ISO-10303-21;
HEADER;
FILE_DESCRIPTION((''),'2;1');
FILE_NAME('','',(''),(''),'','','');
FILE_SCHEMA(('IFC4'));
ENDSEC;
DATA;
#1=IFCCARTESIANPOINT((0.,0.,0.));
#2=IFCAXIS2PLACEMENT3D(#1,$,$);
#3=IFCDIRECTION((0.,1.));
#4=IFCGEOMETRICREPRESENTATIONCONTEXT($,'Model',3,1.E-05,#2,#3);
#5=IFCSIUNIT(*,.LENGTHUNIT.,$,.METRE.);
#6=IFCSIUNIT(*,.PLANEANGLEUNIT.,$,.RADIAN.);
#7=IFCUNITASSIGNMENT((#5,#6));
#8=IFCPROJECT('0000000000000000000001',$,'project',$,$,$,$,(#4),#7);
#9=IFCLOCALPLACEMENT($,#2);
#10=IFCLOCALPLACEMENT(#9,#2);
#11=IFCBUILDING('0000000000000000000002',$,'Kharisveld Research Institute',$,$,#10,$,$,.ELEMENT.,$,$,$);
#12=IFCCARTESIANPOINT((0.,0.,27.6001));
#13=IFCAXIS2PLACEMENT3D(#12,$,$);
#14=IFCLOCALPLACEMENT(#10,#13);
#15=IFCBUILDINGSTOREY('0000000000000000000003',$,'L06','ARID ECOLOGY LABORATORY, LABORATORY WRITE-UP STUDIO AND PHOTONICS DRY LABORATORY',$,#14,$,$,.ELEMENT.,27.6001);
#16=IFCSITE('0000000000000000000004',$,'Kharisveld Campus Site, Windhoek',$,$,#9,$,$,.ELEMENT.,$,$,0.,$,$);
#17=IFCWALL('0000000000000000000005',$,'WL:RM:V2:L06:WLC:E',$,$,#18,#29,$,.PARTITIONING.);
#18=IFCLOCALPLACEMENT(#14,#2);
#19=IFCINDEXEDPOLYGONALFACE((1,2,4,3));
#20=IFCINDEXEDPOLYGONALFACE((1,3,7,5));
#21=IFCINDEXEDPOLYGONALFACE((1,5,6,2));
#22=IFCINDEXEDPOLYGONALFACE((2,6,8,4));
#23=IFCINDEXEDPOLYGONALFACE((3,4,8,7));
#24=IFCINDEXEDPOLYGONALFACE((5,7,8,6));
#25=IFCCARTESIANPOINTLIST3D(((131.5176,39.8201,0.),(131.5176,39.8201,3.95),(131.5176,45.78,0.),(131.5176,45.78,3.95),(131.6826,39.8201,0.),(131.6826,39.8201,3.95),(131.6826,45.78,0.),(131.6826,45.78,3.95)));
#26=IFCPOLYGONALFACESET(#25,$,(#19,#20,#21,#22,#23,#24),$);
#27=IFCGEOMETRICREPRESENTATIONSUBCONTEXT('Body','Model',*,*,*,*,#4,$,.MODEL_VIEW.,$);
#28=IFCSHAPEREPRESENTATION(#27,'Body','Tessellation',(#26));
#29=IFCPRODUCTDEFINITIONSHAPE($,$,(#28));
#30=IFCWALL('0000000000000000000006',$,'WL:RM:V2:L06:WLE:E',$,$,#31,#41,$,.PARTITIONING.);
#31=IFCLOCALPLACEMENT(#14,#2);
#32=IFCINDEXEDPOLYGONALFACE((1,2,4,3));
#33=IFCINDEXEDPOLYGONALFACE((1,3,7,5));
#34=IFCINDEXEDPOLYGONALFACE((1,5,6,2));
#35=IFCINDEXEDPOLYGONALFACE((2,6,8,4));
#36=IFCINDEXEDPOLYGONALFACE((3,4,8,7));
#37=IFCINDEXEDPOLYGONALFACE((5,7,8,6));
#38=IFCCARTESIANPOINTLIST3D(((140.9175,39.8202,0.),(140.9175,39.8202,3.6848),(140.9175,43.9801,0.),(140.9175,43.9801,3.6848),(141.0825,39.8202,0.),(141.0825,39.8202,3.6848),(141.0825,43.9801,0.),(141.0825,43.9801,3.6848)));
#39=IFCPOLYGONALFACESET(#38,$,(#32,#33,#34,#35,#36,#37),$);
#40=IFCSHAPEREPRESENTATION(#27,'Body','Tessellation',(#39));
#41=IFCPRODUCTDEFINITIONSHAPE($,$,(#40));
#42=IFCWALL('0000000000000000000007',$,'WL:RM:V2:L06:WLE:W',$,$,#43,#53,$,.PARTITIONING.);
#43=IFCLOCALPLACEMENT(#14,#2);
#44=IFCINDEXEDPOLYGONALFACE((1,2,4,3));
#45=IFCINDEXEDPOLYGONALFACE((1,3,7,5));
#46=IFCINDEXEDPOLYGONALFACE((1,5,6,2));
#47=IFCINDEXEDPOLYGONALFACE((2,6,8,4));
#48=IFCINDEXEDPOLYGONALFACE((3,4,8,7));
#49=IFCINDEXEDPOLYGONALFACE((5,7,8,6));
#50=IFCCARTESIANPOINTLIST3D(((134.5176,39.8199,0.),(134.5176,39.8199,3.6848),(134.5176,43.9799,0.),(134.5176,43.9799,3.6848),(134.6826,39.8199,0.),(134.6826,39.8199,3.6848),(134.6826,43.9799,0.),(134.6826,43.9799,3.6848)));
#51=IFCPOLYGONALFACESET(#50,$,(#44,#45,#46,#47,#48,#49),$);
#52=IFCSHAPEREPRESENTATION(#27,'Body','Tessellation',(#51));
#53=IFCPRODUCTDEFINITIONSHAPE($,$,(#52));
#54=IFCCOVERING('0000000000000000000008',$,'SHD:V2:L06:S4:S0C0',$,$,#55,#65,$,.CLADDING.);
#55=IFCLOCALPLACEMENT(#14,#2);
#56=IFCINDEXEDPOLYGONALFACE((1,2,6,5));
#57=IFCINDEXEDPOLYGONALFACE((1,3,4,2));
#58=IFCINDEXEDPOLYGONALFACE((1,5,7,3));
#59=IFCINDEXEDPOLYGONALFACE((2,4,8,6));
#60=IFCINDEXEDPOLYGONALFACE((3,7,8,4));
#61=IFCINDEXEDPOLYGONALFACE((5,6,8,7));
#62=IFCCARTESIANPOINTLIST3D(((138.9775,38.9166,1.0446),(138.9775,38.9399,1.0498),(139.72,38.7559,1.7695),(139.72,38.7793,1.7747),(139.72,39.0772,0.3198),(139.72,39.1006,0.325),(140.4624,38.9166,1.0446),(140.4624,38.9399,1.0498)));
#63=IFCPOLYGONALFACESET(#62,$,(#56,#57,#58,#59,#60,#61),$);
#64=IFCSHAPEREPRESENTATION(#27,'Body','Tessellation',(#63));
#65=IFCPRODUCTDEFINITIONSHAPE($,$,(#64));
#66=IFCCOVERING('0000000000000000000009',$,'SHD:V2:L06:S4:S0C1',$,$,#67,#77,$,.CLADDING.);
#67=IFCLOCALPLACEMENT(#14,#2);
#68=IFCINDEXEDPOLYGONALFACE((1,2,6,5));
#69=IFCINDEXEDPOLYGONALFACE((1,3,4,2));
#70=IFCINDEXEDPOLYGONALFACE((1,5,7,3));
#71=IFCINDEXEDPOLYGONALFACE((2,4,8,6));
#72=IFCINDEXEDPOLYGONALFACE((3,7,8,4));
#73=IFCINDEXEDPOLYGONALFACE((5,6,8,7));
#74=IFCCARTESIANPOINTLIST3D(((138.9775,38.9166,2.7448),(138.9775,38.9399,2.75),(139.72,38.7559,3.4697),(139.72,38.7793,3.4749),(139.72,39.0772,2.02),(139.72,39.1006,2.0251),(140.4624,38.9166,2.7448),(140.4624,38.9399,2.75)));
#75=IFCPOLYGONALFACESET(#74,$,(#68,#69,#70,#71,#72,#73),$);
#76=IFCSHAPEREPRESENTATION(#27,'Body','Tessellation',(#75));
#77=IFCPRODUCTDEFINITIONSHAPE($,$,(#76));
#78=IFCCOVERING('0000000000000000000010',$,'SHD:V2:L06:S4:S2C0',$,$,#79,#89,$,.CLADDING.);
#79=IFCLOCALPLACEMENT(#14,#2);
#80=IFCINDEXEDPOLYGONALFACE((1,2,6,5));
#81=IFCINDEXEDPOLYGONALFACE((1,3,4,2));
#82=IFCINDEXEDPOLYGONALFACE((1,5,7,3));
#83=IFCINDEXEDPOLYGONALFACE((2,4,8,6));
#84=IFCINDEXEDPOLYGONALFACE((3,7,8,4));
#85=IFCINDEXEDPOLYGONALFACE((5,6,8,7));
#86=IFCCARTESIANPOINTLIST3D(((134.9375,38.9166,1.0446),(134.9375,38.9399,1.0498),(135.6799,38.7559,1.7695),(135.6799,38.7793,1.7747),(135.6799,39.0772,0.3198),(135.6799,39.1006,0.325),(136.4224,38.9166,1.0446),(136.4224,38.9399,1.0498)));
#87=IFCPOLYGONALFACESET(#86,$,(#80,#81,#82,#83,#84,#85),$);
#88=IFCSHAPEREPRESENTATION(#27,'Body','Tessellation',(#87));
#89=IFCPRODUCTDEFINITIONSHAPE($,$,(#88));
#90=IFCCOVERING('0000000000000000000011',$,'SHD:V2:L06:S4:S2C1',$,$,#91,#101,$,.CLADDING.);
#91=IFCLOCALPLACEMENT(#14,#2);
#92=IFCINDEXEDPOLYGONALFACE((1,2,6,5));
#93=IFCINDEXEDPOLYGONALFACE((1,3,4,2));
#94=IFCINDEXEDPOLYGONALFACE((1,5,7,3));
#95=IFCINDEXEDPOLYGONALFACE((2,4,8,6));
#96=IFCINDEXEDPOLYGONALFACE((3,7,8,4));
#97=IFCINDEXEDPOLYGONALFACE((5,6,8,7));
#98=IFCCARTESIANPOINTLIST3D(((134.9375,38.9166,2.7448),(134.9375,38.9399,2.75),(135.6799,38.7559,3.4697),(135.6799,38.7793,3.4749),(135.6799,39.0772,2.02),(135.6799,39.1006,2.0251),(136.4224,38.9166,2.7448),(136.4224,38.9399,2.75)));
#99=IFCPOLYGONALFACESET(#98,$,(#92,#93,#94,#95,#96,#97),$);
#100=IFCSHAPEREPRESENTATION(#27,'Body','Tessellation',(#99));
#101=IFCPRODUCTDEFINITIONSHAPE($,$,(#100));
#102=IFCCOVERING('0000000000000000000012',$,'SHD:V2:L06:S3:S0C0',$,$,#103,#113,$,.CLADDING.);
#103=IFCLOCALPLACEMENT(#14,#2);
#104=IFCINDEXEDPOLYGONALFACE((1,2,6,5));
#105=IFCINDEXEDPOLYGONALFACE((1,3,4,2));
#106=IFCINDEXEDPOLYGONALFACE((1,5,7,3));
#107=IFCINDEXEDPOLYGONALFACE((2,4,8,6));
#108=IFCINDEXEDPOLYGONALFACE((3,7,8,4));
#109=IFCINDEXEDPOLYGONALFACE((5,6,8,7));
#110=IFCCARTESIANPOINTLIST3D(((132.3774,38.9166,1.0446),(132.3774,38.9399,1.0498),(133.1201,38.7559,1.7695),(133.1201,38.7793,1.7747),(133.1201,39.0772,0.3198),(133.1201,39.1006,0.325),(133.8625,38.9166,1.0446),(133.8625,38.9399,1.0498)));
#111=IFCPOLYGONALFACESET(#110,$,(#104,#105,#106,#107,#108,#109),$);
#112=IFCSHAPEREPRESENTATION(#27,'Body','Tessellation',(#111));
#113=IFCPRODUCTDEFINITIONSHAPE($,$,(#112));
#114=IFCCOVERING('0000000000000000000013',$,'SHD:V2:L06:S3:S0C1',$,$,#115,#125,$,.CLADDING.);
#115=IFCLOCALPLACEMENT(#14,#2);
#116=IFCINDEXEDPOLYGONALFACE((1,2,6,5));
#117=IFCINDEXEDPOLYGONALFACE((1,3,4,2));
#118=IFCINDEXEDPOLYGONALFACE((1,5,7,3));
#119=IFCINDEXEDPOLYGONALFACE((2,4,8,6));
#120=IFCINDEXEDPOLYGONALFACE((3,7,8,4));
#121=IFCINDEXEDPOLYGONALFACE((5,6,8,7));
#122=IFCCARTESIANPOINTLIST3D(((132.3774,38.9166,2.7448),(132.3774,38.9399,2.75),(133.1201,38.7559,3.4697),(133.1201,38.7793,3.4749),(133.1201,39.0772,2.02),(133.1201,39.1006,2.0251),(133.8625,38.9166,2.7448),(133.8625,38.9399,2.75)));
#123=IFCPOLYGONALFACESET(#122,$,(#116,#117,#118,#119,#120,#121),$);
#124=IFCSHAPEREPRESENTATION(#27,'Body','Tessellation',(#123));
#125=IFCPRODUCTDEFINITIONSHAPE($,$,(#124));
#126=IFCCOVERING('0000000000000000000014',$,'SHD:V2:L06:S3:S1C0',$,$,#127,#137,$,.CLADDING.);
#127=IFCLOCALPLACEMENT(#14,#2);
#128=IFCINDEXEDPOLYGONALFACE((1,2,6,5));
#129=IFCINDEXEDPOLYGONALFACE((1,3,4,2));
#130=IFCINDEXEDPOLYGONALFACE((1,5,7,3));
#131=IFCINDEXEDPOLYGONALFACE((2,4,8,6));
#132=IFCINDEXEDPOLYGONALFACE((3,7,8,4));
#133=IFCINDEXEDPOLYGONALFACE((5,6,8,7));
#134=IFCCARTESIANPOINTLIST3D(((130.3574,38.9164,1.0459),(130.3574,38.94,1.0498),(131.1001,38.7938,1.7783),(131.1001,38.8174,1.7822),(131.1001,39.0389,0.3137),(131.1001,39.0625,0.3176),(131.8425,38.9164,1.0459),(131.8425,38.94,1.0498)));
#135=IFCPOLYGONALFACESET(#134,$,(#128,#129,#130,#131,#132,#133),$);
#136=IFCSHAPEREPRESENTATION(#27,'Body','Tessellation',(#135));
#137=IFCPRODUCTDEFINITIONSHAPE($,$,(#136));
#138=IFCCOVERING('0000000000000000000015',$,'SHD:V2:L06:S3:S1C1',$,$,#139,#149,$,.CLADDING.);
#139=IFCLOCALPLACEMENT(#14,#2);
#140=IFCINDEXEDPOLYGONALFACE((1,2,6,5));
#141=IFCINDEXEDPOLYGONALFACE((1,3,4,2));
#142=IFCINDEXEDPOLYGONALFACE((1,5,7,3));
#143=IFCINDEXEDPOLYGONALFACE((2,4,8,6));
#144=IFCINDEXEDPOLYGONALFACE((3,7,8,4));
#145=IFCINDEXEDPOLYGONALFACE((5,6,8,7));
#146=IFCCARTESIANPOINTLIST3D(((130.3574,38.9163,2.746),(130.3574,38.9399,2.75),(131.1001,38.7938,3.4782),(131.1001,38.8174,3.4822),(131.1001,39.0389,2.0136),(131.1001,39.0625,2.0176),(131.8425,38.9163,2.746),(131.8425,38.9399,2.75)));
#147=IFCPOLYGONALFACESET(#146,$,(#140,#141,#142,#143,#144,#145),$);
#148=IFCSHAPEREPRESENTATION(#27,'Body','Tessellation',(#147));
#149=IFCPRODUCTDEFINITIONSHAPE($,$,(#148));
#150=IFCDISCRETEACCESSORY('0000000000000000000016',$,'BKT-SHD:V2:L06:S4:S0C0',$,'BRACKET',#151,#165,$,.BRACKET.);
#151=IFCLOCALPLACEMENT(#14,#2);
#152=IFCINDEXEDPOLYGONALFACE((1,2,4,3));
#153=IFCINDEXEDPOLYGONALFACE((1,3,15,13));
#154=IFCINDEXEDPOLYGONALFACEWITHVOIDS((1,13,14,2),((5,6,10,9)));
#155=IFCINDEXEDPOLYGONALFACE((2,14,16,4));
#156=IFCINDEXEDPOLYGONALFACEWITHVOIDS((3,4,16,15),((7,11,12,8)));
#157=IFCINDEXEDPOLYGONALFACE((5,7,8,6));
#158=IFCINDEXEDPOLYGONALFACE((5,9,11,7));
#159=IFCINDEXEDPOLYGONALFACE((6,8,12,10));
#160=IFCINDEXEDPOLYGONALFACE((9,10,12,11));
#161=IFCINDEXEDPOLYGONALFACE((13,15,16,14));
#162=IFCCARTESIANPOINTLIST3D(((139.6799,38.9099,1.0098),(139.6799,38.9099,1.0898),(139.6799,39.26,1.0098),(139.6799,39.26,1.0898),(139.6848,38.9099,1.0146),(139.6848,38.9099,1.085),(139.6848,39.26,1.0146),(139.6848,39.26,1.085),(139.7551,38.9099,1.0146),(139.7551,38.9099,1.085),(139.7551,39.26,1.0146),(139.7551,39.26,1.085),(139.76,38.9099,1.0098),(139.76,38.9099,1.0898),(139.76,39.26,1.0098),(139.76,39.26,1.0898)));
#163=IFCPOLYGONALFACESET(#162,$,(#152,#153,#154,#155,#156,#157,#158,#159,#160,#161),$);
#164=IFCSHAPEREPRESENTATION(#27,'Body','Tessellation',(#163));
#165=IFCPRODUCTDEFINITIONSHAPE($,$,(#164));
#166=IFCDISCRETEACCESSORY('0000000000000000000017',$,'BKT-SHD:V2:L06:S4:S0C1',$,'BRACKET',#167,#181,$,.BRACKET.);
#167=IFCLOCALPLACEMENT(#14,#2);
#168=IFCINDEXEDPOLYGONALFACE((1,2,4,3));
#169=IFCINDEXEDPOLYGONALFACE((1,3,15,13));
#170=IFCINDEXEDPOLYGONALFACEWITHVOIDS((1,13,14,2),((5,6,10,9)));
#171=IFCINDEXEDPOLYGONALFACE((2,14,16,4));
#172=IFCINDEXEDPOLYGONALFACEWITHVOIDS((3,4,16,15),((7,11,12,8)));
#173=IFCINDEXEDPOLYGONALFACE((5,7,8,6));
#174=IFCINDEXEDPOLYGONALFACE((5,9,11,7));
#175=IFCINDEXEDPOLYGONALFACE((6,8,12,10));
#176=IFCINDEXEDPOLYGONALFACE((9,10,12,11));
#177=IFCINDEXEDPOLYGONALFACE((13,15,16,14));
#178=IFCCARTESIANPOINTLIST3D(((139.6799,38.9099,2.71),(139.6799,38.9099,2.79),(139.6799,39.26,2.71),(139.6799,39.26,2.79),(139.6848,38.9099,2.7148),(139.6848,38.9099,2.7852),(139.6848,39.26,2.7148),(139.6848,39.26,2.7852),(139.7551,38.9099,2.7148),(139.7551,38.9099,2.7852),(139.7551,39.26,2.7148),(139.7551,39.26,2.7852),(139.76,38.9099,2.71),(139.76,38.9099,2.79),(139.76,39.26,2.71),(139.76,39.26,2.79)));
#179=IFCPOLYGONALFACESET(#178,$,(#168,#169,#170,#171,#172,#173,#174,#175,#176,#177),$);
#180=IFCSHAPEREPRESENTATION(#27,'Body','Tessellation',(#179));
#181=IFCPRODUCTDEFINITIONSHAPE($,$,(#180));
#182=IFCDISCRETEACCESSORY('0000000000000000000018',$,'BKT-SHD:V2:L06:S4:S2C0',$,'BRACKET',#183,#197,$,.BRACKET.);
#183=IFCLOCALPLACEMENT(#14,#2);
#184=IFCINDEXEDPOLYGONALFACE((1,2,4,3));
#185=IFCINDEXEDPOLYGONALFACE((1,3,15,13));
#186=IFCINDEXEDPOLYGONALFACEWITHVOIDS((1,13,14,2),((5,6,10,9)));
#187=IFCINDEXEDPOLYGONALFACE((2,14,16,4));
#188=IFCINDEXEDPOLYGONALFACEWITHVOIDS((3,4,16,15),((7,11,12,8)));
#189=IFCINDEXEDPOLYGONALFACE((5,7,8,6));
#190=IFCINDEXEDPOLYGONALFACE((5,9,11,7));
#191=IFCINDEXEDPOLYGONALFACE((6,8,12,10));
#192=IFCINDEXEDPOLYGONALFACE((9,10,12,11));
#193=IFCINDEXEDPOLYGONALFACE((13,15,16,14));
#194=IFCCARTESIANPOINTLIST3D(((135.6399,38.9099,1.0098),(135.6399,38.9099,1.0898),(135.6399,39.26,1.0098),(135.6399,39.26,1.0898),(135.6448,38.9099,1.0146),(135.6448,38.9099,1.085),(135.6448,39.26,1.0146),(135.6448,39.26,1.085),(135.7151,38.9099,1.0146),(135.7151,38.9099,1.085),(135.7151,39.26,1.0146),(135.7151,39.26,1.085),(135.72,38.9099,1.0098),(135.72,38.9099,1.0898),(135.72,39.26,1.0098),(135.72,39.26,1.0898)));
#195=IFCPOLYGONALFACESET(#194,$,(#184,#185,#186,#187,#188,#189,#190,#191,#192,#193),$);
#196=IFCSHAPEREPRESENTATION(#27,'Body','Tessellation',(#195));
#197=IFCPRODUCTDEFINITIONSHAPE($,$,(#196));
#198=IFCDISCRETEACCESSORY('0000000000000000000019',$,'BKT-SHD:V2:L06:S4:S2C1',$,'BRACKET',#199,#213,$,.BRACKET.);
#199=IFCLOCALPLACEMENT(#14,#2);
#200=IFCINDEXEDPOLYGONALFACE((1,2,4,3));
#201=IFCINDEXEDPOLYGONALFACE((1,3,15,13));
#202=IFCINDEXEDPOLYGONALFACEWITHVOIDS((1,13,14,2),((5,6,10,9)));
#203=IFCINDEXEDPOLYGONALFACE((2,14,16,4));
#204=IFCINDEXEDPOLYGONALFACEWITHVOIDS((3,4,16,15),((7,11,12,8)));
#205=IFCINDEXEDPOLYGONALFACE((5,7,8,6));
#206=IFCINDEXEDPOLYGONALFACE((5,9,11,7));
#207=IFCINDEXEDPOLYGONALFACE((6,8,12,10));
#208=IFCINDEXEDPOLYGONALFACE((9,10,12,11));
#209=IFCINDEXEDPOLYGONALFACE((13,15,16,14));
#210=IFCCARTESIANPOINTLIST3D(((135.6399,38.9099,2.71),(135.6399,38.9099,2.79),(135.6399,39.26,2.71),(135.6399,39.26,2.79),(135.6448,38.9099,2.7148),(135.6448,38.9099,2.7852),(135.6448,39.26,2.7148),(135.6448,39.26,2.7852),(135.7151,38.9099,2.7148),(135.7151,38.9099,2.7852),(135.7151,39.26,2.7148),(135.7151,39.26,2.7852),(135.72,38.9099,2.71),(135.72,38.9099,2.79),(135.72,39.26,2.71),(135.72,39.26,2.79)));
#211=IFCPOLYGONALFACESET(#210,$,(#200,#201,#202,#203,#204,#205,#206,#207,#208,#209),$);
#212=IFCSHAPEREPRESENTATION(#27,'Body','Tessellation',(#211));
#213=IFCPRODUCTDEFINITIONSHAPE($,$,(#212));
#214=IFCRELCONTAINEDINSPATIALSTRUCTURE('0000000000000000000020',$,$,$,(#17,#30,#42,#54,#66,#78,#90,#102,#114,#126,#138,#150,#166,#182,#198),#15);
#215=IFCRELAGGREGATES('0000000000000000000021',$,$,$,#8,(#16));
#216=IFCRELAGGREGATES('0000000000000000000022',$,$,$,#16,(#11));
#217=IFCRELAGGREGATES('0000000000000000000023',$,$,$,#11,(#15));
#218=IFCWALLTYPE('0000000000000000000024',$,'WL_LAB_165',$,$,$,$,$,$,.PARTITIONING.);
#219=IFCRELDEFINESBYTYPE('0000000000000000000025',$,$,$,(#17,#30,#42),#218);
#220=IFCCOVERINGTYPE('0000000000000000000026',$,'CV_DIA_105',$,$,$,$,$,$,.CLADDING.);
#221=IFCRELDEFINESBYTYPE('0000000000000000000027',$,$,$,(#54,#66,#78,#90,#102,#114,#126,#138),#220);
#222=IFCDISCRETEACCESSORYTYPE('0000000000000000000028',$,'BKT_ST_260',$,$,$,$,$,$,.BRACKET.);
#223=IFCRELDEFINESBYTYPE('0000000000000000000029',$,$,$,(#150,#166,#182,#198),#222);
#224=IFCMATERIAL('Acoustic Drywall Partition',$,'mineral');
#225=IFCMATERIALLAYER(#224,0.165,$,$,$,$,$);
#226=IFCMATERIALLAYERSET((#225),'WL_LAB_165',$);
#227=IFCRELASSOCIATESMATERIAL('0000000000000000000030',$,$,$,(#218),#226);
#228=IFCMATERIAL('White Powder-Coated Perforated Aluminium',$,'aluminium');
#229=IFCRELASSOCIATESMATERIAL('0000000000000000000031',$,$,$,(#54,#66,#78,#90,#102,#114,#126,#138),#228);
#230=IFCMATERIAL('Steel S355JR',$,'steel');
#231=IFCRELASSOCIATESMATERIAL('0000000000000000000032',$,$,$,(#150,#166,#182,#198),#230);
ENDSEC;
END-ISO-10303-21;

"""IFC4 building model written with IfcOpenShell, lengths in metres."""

from ifc_helpers import new_model, si_unit, direction, frame, frame_2d, origin, origin_2d, place, context, subcontext, project, spatial, polyline, rectangle, hollow_rectangle, outline, extrude, material, layer, layer_set, type_object, element, save


model = new_model("IFC4")

# Units and contexts
model_context = context("Model", 3, precision=1e-05, world=origin(), true_north=direction((0.0, 1.0)))
body_context = subcontext(model_context, "Body", "Model", "MODEL_VIEW")
ifc_project = project(units=[si_unit("LENGTHUNIT", "METRE"), si_unit("PLANEANGLEUNIT", "RADIAN")], contexts=[model_context])

# Site, building, storey
site_placement = place(None, origin())
site = spatial("IfcSite", under=ifc_project, at=site_placement, Name="Kharisveld Campus Site, Windhoek", CompositionType="ELEMENT", RefElevation=0.0)
building_placement = place(site_placement, origin())
building = spatial("IfcBuilding", under=site, at=building_placement, Name="Kharisveld Research Institute", CompositionType="ELEMENT")
storey_placement = place(building_placement, frame((0.0, 0.0, 27.6001)))
storey = spatial("IfcBuildingStorey", under=building, at=storey_placement, Name="L06", Description="ARID ECOLOGY LABORATORY, LABORATORY WRITE-UP STUDIO AND PHOTONICS DRY LABORATORY", CompositionType="ELEMENT", Elevation=27.6001)

# Walls
ifc_material_1 = material(Name="Acoustic Drywall Partition", Category="mineral")
ifc_layer_1 = layer(ifc_material_1, 0.165)
ifc_layer_set_1 = layer_set([ifc_layer_1], Name="WL_LAB_165")
wall_type_1 = type_object("IfcWallType", Name="WL_LAB_165", PredefinedType="PARTITIONING", material=ifc_layer_set_1)
wall_1_placement = place(storey_placement, frame((131.6001, 39.8201, 0.0), z_axis=(0.0, 0.0, 1.0), x_axis=(0.0, 1.0, 0.0)))
element("IfcWall", 1, at=wall_1_placement, inside=storey, type_object=wall_type_1, Name="WL:RM:V2:L06:WLC:E", PredefinedType="PARTITIONING", context=body_context, shape_type="SweptSolid", body=[
    extrude(rectangle(XDim=5.96, YDim=0.165, at=frame_2d((2.98, 0.0))), origin(), (0.0, 0.0, 1.0), 3.95),
])
for number, where, z_axis, x_axis, name in (
    (2, (141.0, 39.8201, 0.0), (0.0, 0.0, 1.0), (0.0, 1.0, 0.0), "WL:RM:V2:L06:WLE:E"),
    (3, (134.6001, 43.98, 0.0), (0.0, 0.0, 1.0), (0.0, -1.0, 0.0), "WL:RM:V2:L06:WLE:W"),
):
    element("IfcWall", number, at=place(storey_placement, frame(where, z_axis=z_axis, x_axis=x_axis)), inside=storey, type_object=wall_type_1, Name=name, PredefinedType="PARTITIONING", context=body_context, shape_type="SweptSolid", body=[
        extrude(rectangle(XDim=4.1599, YDim=0.165, at=frame_2d((2.0801, 0.0))), origin(), (0.0, 0.0, 1.0), 3.6848),
    ])

# Coverings
ifc_material_2 = material(Name="White Powder-Coated Perforated Aluminium", Category="aluminium")
covering_type = type_object("IfcCoveringType", Name="CV_DIA_105", PredefinedType="CLADDING")
for number, where, z_axis, x_axis, name in (
    (4, (139.72, 39.1006, 0.325), (0.0, 0.976311, 0.216373), (-0.707102, -0.153, 0.69036), "SHD:V2:L06:S4:S0C0"),
    (5, (139.72, 39.1006, 2.0251), (0.0, 0.976311, 0.216373), (-0.707102, -0.153, 0.69036), "SHD:V2:L06:S4:S0C1"),
    (6, (135.6799, 39.1006, 0.325), (0.0, 0.976311, 0.216373), (-0.707102, -0.153, 0.69036), "SHD:V2:L06:S4:S2C0"),
    (7, (135.6799, 39.1006, 2.0251), (0.0, 0.976311, 0.216373), (-0.707102, -0.153, 0.69036), "SHD:V2:L06:S4:S2C1"),
):
    element("IfcCovering", number, at=place(storey_placement, frame(where, z_axis=z_axis, x_axis=x_axis)), inside=storey, type_object=covering_type, material=ifc_material_2, Name=name, PredefinedType="CLADDING", context=body_context, shape_type="SweptSolid", body=[
        extrude(outline(polyline([(0.0, 0.0), (1.05, 0.0), (1.05, 1.05), (0.0, 1.05), (0.0, 0.0)])), origin(), (0.0, 0.0, -1.0), 0.0239),
    ])
for number, where, z_axis, x_axis, name in (
    (8, (133.1201, 39.1006, 0.325), (0.0, 0.976311, 0.216373), (-0.707218, -0.152975, 0.690247), "SHD:V2:L06:S3:S0C0"),
    (9, (133.1201, 39.1006, 2.0251), (0.0, 0.976311, 0.216373), (-0.707218, -0.152975, 0.690247), "SHD:V2:L06:S3:S0C1"),
):
    element("IfcCovering", number, at=place(storey_placement, frame(where, z_axis=z_axis, x_axis=x_axis)), inside=storey, type_object=covering_type, material=ifc_material_2, Name=name, PredefinedType="CLADDING", context=body_context, shape_type="SweptSolid", body=[
        extrude(outline(polyline([(0.0, 0.0), (1.0501, 0.0), (1.0498, 1.0501), (-0.0002, 1.05), (0.0, 0.0)])), origin(), (0.0, 0.0, -1.0), 0.0239),
    ])
covering_1_placement = place(storey_placement, frame((131.1001, 39.0625, 0.3176), z_axis=(0.0, 0.986283, 0.165065), x_axis=(-0.707255, -0.116694, 0.697261)))
element("IfcCovering", 10, at=covering_1_placement, inside=storey, type_object=covering_type, material=ifc_material_2, Name="SHD:V2:L06:S3:S1C0", PredefinedType="CLADDING", context=body_context, shape_type="SweptSolid", body=[
    extrude(outline(polyline([(0.0, 0.0), (1.0501, 0.0), (1.0498, 1.0503), (-0.0003, 1.0499), (0.0, 0.0)])), origin(), (0.0, 0.0, -1.0), 0.0239),
])
covering_2_placement = place(storey_placement, frame((131.1001, 39.0625, 2.0176), z_axis=(0.0, 0.986283, 0.165065), x_axis=(-0.70714, -0.116713, 0.697374)))
element("IfcCovering", 11, at=covering_2_placement, inside=storey, type_object=covering_type, material=ifc_material_2, Name="SHD:V2:L06:S3:S1C1", PredefinedType="CLADDING", context=body_context, shape_type="SweptSolid", body=[
    extrude(outline(polyline([(0.0, 0.0), (1.0503, 0.0), (1.05, 1.0501), (0.0001, 1.0501), (0.0, 0.0)])), origin(), (0.0, 0.0, -1.0), 0.0239),
])

# Discrete accessories
ifc_material_3 = material(Name="Steel S355JR", Category="steel")
discrete_accessory_type = type_object("IfcDiscreteAccessoryType", Name="BKT_ST_260", PredefinedType="BRACKET")
for number, where, z_axis, x_axis, name in (
    (12, (139.72, 39.26, 1.0498), (0.0, -1.0, 0.0), (1.0, 0.0, 0.0), "BKT-SHD:V2:L06:S4:S0C0"),
    (13, (139.72, 39.26, 2.75), (0.0, -1.0, 0.0), (1.0, 0.0, 0.0), "BKT-SHD:V2:L06:S4:S0C1"),
    (14, (135.6799, 39.26, 1.0498), (0.0, -1.0, 0.0), (1.0, 0.0, 0.0), "BKT-SHD:V2:L06:S4:S2C0"),
    (15, (135.6799, 39.26, 2.75), (0.0, -1.0, 0.0), (1.0, 0.0, 0.0), "BKT-SHD:V2:L06:S4:S2C1"),
):
    element("IfcDiscreteAccessory", number, at=place(storey_placement, frame(where, z_axis=z_axis, x_axis=x_axis)), inside=storey, type_object=discrete_accessory_type, material=ifc_material_3, Name=name, ObjectType="BRACKET", PredefinedType="BRACKET", context=body_context, shape_type="SweptSolid", body=[
        extrude(hollow_rectangle(XDim=0.0801, YDim=0.0801, WallThickness=0.0049, at=origin_2d()), origin(), (0.0, 0.0, 1.0), 0.3501),
    ])

save(model, "model.ifc")
